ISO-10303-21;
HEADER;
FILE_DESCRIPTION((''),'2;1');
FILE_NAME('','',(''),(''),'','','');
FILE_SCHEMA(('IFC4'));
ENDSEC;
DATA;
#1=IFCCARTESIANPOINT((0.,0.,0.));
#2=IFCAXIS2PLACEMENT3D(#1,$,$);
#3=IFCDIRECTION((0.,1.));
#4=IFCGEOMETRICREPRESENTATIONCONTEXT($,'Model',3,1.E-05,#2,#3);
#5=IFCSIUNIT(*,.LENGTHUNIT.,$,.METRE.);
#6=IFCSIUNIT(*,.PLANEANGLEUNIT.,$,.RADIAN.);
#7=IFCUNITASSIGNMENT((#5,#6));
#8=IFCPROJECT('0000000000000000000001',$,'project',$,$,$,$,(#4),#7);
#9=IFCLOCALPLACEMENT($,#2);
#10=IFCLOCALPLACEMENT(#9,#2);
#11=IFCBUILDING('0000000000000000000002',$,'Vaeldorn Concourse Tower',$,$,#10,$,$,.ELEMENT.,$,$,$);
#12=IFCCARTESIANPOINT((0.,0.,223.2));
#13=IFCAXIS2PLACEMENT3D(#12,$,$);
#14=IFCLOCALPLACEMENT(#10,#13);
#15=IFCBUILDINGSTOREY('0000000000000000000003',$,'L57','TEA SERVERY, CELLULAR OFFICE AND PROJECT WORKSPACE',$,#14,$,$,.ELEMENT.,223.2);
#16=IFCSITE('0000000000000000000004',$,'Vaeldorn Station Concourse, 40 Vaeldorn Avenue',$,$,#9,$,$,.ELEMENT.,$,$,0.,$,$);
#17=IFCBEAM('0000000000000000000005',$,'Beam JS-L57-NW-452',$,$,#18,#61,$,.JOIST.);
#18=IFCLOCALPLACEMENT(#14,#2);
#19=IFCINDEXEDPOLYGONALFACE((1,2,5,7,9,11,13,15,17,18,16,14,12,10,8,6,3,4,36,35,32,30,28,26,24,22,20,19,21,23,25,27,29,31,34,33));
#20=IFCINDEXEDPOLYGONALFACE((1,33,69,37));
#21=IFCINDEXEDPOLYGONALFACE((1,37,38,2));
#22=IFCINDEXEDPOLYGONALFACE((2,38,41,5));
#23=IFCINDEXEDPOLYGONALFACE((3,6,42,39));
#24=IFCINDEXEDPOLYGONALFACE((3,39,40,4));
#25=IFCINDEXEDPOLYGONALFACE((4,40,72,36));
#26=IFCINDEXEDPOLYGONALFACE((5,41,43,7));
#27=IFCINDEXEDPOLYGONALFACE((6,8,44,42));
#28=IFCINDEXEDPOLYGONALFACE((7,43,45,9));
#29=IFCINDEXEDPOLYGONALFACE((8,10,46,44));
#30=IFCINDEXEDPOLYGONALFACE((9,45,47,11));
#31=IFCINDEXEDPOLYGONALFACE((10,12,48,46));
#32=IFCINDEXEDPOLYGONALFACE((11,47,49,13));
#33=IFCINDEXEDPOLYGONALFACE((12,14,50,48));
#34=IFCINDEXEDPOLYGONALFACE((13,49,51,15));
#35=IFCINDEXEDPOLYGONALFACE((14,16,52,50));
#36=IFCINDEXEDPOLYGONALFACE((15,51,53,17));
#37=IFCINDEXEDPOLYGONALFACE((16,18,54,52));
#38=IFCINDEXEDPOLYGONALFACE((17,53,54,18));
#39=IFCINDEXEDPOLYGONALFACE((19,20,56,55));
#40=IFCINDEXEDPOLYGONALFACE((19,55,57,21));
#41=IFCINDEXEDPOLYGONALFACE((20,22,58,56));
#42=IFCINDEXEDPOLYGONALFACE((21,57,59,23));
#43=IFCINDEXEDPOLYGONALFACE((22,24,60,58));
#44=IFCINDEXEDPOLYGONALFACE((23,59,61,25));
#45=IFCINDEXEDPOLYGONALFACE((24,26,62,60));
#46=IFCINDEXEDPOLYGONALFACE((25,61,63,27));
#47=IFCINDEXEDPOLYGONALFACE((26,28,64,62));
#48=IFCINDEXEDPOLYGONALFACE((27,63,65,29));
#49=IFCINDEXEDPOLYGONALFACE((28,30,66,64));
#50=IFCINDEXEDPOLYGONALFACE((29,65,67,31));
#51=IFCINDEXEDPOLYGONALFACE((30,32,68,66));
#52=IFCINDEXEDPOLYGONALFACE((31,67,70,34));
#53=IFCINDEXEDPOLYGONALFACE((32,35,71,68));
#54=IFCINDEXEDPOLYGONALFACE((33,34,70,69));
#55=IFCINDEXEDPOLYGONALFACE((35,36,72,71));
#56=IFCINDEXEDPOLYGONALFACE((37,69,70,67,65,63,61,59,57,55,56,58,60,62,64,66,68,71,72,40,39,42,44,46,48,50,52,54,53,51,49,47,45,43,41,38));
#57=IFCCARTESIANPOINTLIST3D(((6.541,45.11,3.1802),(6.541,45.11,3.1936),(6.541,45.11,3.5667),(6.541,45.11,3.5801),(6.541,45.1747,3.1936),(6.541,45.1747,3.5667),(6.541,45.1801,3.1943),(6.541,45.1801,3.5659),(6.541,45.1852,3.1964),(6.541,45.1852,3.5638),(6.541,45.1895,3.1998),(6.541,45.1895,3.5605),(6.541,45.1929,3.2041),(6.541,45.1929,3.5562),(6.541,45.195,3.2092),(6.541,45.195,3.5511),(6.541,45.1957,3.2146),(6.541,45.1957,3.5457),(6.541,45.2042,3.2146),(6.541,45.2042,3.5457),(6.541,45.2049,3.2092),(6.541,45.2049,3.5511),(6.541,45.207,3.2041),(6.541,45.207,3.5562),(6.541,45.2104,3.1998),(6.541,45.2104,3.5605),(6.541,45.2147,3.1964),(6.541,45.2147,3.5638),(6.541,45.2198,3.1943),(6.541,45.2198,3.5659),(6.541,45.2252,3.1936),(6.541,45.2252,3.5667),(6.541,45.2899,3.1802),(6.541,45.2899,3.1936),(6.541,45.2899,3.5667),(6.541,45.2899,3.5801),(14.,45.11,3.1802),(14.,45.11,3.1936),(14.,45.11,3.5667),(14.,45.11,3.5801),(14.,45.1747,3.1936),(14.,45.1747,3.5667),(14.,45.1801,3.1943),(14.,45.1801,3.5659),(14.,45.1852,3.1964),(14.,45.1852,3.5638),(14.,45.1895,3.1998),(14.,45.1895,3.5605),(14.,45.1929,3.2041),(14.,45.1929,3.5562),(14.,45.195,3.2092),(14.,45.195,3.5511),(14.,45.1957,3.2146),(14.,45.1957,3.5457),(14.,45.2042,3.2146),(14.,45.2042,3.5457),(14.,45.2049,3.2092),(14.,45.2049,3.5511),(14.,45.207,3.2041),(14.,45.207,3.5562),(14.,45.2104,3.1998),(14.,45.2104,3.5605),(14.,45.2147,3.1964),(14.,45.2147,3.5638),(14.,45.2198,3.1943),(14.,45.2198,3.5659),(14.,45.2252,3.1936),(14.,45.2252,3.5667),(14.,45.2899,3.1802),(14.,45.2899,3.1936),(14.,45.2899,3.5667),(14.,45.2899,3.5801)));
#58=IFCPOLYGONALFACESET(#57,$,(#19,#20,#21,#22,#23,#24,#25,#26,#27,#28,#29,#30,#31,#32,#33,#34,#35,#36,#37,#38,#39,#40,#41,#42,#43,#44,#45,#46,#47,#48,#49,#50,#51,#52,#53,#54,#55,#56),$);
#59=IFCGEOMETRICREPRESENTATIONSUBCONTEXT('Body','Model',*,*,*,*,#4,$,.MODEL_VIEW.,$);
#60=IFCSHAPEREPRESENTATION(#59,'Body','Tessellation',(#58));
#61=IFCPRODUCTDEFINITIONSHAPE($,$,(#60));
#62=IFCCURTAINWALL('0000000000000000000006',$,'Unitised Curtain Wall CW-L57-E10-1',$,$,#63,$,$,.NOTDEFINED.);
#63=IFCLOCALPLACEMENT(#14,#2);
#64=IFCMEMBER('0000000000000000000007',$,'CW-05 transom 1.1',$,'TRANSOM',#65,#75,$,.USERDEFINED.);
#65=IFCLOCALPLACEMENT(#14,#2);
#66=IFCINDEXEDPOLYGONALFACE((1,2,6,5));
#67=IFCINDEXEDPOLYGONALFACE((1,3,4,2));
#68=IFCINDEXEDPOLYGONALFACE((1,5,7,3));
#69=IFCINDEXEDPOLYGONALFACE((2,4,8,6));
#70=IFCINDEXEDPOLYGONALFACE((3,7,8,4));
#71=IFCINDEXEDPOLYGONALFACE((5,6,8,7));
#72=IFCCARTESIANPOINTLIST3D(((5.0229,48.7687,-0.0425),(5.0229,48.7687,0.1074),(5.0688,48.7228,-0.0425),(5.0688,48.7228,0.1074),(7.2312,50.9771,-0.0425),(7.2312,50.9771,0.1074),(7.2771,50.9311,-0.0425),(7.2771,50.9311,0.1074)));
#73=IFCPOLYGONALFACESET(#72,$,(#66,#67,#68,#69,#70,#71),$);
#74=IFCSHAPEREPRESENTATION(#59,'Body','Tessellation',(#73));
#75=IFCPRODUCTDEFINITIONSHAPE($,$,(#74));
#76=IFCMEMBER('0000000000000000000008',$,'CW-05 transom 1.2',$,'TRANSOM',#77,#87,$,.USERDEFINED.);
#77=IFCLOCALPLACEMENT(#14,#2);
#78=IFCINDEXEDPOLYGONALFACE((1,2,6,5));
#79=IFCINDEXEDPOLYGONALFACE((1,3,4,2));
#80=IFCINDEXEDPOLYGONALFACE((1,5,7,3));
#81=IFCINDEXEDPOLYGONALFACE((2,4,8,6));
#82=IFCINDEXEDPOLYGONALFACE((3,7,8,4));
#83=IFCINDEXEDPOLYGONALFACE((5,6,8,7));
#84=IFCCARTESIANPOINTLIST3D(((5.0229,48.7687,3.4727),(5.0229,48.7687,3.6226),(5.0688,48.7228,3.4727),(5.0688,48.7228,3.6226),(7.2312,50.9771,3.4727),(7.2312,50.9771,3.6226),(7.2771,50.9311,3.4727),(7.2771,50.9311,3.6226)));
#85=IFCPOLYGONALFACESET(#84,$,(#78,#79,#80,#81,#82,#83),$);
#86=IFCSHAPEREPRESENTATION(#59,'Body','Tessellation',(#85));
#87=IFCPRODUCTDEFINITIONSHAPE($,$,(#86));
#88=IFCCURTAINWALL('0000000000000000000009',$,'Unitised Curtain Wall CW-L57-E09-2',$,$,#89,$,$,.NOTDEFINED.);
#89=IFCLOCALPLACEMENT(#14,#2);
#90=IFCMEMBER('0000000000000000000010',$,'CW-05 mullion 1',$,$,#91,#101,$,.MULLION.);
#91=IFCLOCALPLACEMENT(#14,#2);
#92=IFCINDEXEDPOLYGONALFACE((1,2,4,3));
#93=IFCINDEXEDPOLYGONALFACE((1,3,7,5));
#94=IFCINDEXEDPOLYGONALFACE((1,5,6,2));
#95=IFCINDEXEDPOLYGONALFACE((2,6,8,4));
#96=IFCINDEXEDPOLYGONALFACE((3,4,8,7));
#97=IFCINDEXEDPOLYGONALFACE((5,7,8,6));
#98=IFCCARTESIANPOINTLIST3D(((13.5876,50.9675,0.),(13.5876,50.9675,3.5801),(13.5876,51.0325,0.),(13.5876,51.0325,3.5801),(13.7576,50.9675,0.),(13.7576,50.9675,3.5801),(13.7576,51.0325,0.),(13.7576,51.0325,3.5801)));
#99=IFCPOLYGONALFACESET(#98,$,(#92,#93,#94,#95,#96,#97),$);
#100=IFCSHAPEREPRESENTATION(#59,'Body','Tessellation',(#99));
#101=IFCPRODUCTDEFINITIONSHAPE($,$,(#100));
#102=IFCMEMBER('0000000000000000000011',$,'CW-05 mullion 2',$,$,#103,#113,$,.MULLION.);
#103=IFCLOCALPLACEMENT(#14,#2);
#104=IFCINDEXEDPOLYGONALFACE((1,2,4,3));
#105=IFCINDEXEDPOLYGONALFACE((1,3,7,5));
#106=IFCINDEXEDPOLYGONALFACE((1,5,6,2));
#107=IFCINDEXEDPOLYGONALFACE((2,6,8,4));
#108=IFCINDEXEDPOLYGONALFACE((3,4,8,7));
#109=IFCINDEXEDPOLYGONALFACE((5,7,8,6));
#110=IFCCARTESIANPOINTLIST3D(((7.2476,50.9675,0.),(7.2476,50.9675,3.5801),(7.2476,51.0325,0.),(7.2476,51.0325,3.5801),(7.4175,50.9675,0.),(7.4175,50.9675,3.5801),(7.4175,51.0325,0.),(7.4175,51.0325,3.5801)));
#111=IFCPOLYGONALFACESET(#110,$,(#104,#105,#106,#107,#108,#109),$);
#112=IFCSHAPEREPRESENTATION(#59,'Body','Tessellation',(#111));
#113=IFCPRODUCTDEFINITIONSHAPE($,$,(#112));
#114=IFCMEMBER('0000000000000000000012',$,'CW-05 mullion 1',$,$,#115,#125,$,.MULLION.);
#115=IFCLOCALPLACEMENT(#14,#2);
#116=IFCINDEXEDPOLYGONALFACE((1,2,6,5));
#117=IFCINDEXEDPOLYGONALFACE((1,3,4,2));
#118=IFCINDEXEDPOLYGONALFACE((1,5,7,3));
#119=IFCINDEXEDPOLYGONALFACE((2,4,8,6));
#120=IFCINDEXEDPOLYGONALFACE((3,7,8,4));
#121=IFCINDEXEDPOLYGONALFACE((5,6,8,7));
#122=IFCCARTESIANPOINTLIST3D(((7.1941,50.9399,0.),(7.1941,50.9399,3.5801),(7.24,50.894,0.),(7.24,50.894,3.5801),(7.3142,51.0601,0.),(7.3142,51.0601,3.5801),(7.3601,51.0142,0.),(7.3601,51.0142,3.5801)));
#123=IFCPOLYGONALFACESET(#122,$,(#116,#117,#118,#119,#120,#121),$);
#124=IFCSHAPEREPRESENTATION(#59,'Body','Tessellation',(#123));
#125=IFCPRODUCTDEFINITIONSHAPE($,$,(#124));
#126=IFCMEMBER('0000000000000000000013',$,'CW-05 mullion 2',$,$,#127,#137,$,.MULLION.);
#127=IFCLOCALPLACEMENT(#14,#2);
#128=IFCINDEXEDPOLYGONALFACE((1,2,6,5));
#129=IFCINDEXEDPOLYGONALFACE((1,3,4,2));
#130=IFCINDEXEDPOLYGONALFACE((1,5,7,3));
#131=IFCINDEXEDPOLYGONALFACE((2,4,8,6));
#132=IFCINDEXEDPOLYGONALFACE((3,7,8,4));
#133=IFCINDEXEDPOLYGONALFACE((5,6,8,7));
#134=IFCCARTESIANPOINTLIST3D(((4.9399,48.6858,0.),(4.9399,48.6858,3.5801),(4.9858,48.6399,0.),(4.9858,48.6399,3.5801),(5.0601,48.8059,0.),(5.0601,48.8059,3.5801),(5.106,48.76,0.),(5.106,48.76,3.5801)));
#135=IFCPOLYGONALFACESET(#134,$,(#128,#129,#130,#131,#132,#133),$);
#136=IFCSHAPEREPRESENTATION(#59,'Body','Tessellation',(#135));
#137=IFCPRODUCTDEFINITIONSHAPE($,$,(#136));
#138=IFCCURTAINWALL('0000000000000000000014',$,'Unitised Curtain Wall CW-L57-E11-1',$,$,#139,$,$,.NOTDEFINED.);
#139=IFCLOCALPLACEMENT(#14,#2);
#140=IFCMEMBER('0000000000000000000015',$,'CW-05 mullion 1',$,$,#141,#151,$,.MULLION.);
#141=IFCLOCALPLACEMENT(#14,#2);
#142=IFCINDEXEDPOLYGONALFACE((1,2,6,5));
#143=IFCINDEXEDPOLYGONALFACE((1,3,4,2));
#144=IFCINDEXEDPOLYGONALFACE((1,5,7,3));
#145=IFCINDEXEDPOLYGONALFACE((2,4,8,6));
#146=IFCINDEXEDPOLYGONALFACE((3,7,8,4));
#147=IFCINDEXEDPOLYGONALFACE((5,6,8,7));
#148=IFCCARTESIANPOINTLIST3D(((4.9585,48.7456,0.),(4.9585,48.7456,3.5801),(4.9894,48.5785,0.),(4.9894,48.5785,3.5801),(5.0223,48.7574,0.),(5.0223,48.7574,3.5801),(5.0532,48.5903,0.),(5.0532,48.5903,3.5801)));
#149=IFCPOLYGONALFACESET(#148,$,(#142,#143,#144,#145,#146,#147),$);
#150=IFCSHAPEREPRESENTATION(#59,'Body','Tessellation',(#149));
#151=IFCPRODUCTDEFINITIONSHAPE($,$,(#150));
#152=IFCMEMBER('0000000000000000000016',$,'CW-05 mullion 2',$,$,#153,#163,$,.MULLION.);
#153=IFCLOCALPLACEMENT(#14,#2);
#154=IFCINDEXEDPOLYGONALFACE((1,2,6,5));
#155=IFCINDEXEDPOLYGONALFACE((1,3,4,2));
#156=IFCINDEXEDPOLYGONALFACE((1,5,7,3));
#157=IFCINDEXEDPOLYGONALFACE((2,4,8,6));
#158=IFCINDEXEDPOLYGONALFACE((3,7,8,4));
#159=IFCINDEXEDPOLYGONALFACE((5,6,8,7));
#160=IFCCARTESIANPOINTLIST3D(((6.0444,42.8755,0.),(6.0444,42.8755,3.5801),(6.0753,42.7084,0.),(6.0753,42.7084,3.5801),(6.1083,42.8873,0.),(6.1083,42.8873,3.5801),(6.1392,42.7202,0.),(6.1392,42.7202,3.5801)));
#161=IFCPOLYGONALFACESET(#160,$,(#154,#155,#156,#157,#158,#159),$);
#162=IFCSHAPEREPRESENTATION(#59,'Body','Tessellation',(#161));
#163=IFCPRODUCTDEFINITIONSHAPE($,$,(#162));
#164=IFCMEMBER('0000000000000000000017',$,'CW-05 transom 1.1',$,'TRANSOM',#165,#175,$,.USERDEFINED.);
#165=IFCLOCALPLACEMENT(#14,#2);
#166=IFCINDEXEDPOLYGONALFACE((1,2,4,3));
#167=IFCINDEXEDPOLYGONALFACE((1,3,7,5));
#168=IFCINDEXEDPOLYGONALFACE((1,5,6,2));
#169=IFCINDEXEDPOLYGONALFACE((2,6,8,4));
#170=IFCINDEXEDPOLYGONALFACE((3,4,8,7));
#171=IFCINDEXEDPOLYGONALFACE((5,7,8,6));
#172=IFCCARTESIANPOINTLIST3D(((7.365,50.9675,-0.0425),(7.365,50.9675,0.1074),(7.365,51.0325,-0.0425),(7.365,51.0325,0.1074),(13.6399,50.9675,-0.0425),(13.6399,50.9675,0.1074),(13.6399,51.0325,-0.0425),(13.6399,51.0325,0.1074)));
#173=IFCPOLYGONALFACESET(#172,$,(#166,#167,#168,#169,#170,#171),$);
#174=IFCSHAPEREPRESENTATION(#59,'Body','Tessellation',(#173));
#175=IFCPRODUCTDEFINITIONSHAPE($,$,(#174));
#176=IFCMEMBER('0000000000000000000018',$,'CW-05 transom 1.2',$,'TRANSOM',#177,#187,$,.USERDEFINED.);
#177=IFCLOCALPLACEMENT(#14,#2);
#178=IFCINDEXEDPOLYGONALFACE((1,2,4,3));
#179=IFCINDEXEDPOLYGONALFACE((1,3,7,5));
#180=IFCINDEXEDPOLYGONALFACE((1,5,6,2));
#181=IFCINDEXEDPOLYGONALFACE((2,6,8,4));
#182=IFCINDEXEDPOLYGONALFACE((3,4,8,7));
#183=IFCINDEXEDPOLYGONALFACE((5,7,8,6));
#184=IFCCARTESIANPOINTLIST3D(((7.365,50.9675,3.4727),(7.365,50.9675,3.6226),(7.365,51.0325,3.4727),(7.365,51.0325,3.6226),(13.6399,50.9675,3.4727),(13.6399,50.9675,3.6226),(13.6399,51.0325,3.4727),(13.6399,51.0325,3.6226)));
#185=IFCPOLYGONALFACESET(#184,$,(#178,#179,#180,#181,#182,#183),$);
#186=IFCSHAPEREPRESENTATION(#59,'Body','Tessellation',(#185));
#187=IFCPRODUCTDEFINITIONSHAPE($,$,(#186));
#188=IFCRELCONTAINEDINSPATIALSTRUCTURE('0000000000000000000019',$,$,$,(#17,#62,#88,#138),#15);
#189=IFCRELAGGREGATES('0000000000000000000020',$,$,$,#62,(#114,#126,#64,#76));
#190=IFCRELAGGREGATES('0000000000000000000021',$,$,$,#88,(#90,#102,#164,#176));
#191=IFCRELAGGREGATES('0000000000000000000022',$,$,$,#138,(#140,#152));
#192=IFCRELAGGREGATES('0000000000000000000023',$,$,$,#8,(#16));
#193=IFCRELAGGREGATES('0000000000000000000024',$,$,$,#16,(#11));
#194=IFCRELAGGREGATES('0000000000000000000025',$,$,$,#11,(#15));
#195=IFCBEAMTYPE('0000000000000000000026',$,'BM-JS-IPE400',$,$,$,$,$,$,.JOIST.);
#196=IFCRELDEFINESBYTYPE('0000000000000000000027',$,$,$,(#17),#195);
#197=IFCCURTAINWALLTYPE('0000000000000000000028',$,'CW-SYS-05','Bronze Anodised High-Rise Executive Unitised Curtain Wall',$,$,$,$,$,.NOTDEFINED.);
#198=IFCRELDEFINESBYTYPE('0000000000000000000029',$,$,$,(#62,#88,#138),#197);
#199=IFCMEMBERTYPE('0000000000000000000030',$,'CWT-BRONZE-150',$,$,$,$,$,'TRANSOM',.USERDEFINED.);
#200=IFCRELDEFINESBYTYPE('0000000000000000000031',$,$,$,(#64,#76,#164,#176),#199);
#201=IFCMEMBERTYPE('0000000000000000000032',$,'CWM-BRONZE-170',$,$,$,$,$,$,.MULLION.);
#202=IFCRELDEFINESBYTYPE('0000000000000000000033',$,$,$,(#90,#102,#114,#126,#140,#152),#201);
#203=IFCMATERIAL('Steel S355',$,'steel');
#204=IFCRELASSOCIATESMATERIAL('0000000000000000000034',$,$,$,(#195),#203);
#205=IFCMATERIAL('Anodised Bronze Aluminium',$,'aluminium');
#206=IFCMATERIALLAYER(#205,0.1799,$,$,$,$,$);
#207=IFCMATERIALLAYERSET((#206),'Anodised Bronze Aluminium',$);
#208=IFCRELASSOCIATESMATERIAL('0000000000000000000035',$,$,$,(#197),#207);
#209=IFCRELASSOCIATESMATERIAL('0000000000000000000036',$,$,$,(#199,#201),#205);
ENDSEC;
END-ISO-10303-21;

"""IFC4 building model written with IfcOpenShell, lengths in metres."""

from ifc_helpers import new_model, si_unit, direction, frame, origin, origin_2d, place, context, subcontext, project, spatial, rectangle, i_section, extrude, source, transform, mapped, material, layer, layer_set, material_profile, profile_set, type_object, element, aggregate, save


model = new_model("IFC4")

# Units and contexts
model_context = context("Model", 3, precision=1e-05, world=origin(), true_north=direction((0.0, 1.0)))
body_context = subcontext(model_context, "Body", "Model", "MODEL_VIEW")
ifc_project = project(units=[si_unit("LENGTHUNIT", "METRE"), si_unit("PLANEANGLEUNIT", "RADIAN")], contexts=[model_context])

# Site, building, storey
site_placement = place(None, origin())
site = spatial("IfcSite", under=ifc_project, at=site_placement, Name="Vaeldorn Station Concourse, 40 Vaeldorn Avenue", CompositionType="ELEMENT", RefElevation=0.0)
building_placement = place(site_placement, origin())
building = spatial("IfcBuilding", under=site, at=building_placement, Name="Vaeldorn Concourse Tower", CompositionType="ELEMENT")
storey_placement = place(building_placement, frame((0.0, 0.0, 223.2)))
storey = spatial("IfcBuildingStorey", under=building, at=storey_placement, Name="L57", Description="TEA SERVERY, CELLULAR OFFICE AND PROJECT WORKSPACE", CompositionType="ELEMENT", Elevation=223.2)

# Beam
ifc_material_1 = material(Name="Steel S355", Category="steel")
ifc_material_profile_1 = material_profile(ifc_material_1, i_section(OverallWidth=0.1799, OverallDepth=0.3999, WebThickness=0.0085, FlangeThickness=0.0134, FilletRadius=0.021, at=origin_2d()), Name="IPE 400")
ifc_profile_set_1 = profile_set([ifc_material_profile_1], Name="Steel S355")
beam_type_1 = type_object("IfcBeamType", Name="BM-JS-IPE400", PredefinedType="JOIST", material=ifc_profile_set_1)
shared_shape_1 = source(origin(), body_context, "Body", "SweptSolid", [
    extrude(i_section(OverallWidth=0.1799, OverallDepth=0.3999, WebThickness=0.0085, FlangeThickness=0.0134, FilletRadius=0.021, at=origin_2d()), origin(), (0.0, 0.0, 1.0), 7.459),
])
beam_1_placement = place(storey_placement, frame((6.541, 45.2, 3.3801), z_axis=(1.0, 0.0, 0.0), x_axis=(0.0, 1.0, 0.0)))
element("IfcBeam", 1, at=beam_1_placement, inside=storey, type_object=beam_type_1, Name="Beam JS-L57-NW-452", PredefinedType="JOIST", context=body_context, shape_type="MappedRepresentation", body=[
    mapped(shared_shape_1, transform((0.0, 0.0, 0.0), scale=1.0)),
])

# Curtain walls, members
ifc_material_2 = material(Name="Anodised Bronze Aluminium", Category="aluminium")
ifc_layer_1 = layer(ifc_material_2, 0.1799)
ifc_layer_set_1 = layer_set([ifc_layer_1], Name="Anodised Bronze Aluminium")
curtain_wall_type = type_object("IfcCurtainWallType", Name="CW-SYS-05", Description="Bronze Anodised High-Rise Executive Unitised Curtain Wall", PredefinedType="NOTDEFINED", material=ifc_layer_set_1)
curtain_wall_1_placement = place(storey_placement, origin())
curtain_wall_1 = element("IfcCurtainWall", 2, at=curtain_wall_1_placement, inside=storey, type_object=curtain_wall_type, Name="Unitised Curtain Wall CW-L57-E10-1", PredefinedType="NOTDEFINED")
ifc_material_profile_2 = material_profile(ifc_material_2, rectangle(XDim=0.0649, YDim=0.1499, at=origin_2d()), Name="CWT 65x150")
ifc_profile_set_2 = profile_set([ifc_material_profile_2], Name="Anodised Bronze Aluminium")
member_type_1 = type_object("IfcMemberType", Name="CWT-BRONZE-150", ElementType="TRANSOM", PredefinedType="USERDEFINED", material=ifc_profile_set_2)
shared_shape_2 = source(origin(), body_context, "Body", "SweptSolid", [
    extrude(rectangle(XDim=0.0649, YDim=0.1499, at=origin_2d()), origin(), (0.0, 0.0, 1.0), 3.123),
])
member_1_placement = place(storey_placement, frame((7.2542, 50.9541, 0.0325), z_axis=(-0.707107, -0.707107, 0.0), x_axis=(0.707107, -0.707107, 0.0)))
member_1 = element("IfcMember", 3, at=member_1_placement, type_object=member_type_1, Name="CW-05 transom 1.1", ObjectType="TRANSOM", PredefinedType="USERDEFINED", context=body_context, shape_type="MappedRepresentation", body=[
    mapped(shared_shape_2, transform((0.0, 0.0, 0.0), scale=1.0)),
])
member_2_placement = place(storey_placement, frame((7.2542, 50.9541, 3.5476), z_axis=(-0.707107, -0.707107, 0.0), x_axis=(0.707107, -0.707107, 0.0)))
member_2 = element("IfcMember", 4, at=member_2_placement, type_object=member_type_1, Name="CW-05 transom 1.2", ObjectType="TRANSOM", PredefinedType="USERDEFINED", context=body_context, shape_type="MappedRepresentation", body=[
    mapped(shared_shape_2, transform((0.0, 0.0, 0.0), scale=1.0)),
])
curtain_wall_2_placement = place(storey_placement, origin())
curtain_wall_2 = element("IfcCurtainWall", 5, at=curtain_wall_2_placement, inside=storey, type_object=curtain_wall_type, Name="Unitised Curtain Wall CW-L57-E09-2", PredefinedType="NOTDEFINED")
ifc_material_profile_3 = material_profile(ifc_material_2, rectangle(XDim=0.0649, YDim=0.1699, at=origin_2d()), Name="CWM 65x170")
ifc_profile_set_3 = profile_set([ifc_material_profile_3], Name="Anodised Bronze Aluminium")
member_type_2 = type_object("IfcMemberType", Name="CWM-BRONZE-170", PredefinedType="MULLION", material=ifc_profile_set_3)
shared_shape_3 = source(origin(), body_context, "Body", "SweptSolid", [
    extrude(rectangle(XDim=0.0649, YDim=0.1699, at=origin_2d()), origin(), (0.0, 0.0, 1.0), 3.5801),
])
member_3_placement = place(storey_placement, frame((13.6726, 51.0, 0.0), z_axis=(0.0, 0.0, 1.0), x_axis=(0.0, -1.0, 0.0)))
member_3 = element("IfcMember", 6, at=member_3_placement, type_object=member_type_2, Name="CW-05 mullion 1", PredefinedType="MULLION", context=body_context, shape_type="MappedRepresentation", body=[
    mapped(shared_shape_3, transform((0.0, 0.0, 0.0), scale=1.0)),
])
member_4_placement = place(storey_placement, frame((7.3325, 51.0, 0.0), z_axis=(0.0, 0.0, 1.0), x_axis=(0.0, -1.0, 0.0)))
member_4 = element("IfcMember", 7, at=member_4_placement, type_object=member_type_2, Name="CW-05 mullion 2", PredefinedType="MULLION", context=body_context, shape_type="MappedRepresentation", body=[
    mapped(shared_shape_3, transform((0.0, 0.0, 0.0), scale=1.0)),
])

# Members
member_5_placement = place(storey_placement, frame((7.2771, 50.9771, 0.0), z_axis=(0.0, 0.0, 1.0), x_axis=(0.707107, -0.707107, 0.0)))
member_5 = element("IfcMember", 8, at=member_5_placement, type_object=member_type_2, Name="CW-05 mullion 1", PredefinedType="MULLION", context=body_context, shape_type="MappedRepresentation", body=[
    mapped(shared_shape_3, transform((0.0, 0.0, 0.0), scale=1.0)),
])
member_6_placement = place(storey_placement, frame((5.0229, 48.7229, 0.0), z_axis=(0.0, 0.0, 1.0), x_axis=(0.707107, -0.707107, 0.0)))
member_6 = element("IfcMember", 9, at=member_6_placement, type_object=member_type_2, Name="CW-05 mullion 2", PredefinedType="MULLION", context=body_context, shape_type="MappedRepresentation", body=[
    mapped(shared_shape_3, transform((0.0, 0.0, 0.0), scale=1.0)),
])

# Curtain wall, members
curtain_wall_3_placement = place(storey_placement, origin())
curtain_wall_3 = element("IfcCurtainWall", 10, at=curtain_wall_3_placement, inside=storey, type_object=curtain_wall_type, Name="Unitised Curtain Wall CW-L57-E11-1", PredefinedType="NOTDEFINED")
member_7_placement = place(storey_placement, frame((5.0059, 48.668, 0.0), z_axis=(0.0, 0.0, 1.0), x_axis=(0.983319, 0.181888, 0.0)))
member_7 = element("IfcMember", 11, at=member_7_placement, type_object=member_type_2, Name="CW-05 mullion 1", PredefinedType="MULLION", context=body_context, shape_type="MappedRepresentation", body=[
    mapped(shared_shape_3, transform((0.0, 0.0, 0.0), scale=1.0)),
])
member_8_placement = place(storey_placement, frame((6.0918, 42.7979, 0.0), z_axis=(0.0, 0.0, 1.0), x_axis=(0.983319, 0.181888, 0.0)))
member_8 = element("IfcMember", 12, at=member_8_placement, type_object=member_type_2, Name="CW-05 mullion 2", PredefinedType="MULLION", context=body_context, shape_type="MappedRepresentation", body=[
    mapped(shared_shape_3, transform((0.0, 0.0, 0.0), scale=1.0)),
])

# Members
shared_shape_4 = source(origin(), body_context, "Body", "SweptSolid", [
    extrude(rectangle(XDim=0.0649, YDim=0.1499, at=origin_2d()), origin(), (0.0, 0.0, 1.0), 6.2749),
])
member_9_placement = place(storey_placement, frame((13.6399, 51.0, 0.0325), z_axis=(-1.0, 0.0, 0.0), x_axis=(0.0, -1.0, 0.0)))
member_9 = element("IfcMember", 13, at=member_9_placement, type_object=member_type_1, Name="CW-05 transom 1.1", ObjectType="TRANSOM", PredefinedType="USERDEFINED", context=body_context, shape_type="MappedRepresentation", body=[
    mapped(shared_shape_4, transform((0.0, 0.0, 0.0), scale=1.0)),
])
member_10_placement = place(storey_placement, frame((13.6399, 51.0, 3.5476), z_axis=(-1.0, 0.0, 0.0), x_axis=(0.0, -1.0, 0.0)))
member_10 = element("IfcMember", 14, at=member_10_placement, type_object=member_type_1, Name="CW-05 transom 1.2", ObjectType="TRANSOM", PredefinedType="USERDEFINED", context=body_context, shape_type="MappedRepresentation", body=[
    mapped(shared_shape_4, transform((0.0, 0.0, 0.0), scale=1.0)),
])

aggregate(curtain_wall_1, [member_5, member_6, member_1, member_2])
aggregate(curtain_wall_2, [member_3, member_4, member_9, member_10])
aggregate(curtain_wall_3, [member_7, member_8])

save(model, "model.ifc")
